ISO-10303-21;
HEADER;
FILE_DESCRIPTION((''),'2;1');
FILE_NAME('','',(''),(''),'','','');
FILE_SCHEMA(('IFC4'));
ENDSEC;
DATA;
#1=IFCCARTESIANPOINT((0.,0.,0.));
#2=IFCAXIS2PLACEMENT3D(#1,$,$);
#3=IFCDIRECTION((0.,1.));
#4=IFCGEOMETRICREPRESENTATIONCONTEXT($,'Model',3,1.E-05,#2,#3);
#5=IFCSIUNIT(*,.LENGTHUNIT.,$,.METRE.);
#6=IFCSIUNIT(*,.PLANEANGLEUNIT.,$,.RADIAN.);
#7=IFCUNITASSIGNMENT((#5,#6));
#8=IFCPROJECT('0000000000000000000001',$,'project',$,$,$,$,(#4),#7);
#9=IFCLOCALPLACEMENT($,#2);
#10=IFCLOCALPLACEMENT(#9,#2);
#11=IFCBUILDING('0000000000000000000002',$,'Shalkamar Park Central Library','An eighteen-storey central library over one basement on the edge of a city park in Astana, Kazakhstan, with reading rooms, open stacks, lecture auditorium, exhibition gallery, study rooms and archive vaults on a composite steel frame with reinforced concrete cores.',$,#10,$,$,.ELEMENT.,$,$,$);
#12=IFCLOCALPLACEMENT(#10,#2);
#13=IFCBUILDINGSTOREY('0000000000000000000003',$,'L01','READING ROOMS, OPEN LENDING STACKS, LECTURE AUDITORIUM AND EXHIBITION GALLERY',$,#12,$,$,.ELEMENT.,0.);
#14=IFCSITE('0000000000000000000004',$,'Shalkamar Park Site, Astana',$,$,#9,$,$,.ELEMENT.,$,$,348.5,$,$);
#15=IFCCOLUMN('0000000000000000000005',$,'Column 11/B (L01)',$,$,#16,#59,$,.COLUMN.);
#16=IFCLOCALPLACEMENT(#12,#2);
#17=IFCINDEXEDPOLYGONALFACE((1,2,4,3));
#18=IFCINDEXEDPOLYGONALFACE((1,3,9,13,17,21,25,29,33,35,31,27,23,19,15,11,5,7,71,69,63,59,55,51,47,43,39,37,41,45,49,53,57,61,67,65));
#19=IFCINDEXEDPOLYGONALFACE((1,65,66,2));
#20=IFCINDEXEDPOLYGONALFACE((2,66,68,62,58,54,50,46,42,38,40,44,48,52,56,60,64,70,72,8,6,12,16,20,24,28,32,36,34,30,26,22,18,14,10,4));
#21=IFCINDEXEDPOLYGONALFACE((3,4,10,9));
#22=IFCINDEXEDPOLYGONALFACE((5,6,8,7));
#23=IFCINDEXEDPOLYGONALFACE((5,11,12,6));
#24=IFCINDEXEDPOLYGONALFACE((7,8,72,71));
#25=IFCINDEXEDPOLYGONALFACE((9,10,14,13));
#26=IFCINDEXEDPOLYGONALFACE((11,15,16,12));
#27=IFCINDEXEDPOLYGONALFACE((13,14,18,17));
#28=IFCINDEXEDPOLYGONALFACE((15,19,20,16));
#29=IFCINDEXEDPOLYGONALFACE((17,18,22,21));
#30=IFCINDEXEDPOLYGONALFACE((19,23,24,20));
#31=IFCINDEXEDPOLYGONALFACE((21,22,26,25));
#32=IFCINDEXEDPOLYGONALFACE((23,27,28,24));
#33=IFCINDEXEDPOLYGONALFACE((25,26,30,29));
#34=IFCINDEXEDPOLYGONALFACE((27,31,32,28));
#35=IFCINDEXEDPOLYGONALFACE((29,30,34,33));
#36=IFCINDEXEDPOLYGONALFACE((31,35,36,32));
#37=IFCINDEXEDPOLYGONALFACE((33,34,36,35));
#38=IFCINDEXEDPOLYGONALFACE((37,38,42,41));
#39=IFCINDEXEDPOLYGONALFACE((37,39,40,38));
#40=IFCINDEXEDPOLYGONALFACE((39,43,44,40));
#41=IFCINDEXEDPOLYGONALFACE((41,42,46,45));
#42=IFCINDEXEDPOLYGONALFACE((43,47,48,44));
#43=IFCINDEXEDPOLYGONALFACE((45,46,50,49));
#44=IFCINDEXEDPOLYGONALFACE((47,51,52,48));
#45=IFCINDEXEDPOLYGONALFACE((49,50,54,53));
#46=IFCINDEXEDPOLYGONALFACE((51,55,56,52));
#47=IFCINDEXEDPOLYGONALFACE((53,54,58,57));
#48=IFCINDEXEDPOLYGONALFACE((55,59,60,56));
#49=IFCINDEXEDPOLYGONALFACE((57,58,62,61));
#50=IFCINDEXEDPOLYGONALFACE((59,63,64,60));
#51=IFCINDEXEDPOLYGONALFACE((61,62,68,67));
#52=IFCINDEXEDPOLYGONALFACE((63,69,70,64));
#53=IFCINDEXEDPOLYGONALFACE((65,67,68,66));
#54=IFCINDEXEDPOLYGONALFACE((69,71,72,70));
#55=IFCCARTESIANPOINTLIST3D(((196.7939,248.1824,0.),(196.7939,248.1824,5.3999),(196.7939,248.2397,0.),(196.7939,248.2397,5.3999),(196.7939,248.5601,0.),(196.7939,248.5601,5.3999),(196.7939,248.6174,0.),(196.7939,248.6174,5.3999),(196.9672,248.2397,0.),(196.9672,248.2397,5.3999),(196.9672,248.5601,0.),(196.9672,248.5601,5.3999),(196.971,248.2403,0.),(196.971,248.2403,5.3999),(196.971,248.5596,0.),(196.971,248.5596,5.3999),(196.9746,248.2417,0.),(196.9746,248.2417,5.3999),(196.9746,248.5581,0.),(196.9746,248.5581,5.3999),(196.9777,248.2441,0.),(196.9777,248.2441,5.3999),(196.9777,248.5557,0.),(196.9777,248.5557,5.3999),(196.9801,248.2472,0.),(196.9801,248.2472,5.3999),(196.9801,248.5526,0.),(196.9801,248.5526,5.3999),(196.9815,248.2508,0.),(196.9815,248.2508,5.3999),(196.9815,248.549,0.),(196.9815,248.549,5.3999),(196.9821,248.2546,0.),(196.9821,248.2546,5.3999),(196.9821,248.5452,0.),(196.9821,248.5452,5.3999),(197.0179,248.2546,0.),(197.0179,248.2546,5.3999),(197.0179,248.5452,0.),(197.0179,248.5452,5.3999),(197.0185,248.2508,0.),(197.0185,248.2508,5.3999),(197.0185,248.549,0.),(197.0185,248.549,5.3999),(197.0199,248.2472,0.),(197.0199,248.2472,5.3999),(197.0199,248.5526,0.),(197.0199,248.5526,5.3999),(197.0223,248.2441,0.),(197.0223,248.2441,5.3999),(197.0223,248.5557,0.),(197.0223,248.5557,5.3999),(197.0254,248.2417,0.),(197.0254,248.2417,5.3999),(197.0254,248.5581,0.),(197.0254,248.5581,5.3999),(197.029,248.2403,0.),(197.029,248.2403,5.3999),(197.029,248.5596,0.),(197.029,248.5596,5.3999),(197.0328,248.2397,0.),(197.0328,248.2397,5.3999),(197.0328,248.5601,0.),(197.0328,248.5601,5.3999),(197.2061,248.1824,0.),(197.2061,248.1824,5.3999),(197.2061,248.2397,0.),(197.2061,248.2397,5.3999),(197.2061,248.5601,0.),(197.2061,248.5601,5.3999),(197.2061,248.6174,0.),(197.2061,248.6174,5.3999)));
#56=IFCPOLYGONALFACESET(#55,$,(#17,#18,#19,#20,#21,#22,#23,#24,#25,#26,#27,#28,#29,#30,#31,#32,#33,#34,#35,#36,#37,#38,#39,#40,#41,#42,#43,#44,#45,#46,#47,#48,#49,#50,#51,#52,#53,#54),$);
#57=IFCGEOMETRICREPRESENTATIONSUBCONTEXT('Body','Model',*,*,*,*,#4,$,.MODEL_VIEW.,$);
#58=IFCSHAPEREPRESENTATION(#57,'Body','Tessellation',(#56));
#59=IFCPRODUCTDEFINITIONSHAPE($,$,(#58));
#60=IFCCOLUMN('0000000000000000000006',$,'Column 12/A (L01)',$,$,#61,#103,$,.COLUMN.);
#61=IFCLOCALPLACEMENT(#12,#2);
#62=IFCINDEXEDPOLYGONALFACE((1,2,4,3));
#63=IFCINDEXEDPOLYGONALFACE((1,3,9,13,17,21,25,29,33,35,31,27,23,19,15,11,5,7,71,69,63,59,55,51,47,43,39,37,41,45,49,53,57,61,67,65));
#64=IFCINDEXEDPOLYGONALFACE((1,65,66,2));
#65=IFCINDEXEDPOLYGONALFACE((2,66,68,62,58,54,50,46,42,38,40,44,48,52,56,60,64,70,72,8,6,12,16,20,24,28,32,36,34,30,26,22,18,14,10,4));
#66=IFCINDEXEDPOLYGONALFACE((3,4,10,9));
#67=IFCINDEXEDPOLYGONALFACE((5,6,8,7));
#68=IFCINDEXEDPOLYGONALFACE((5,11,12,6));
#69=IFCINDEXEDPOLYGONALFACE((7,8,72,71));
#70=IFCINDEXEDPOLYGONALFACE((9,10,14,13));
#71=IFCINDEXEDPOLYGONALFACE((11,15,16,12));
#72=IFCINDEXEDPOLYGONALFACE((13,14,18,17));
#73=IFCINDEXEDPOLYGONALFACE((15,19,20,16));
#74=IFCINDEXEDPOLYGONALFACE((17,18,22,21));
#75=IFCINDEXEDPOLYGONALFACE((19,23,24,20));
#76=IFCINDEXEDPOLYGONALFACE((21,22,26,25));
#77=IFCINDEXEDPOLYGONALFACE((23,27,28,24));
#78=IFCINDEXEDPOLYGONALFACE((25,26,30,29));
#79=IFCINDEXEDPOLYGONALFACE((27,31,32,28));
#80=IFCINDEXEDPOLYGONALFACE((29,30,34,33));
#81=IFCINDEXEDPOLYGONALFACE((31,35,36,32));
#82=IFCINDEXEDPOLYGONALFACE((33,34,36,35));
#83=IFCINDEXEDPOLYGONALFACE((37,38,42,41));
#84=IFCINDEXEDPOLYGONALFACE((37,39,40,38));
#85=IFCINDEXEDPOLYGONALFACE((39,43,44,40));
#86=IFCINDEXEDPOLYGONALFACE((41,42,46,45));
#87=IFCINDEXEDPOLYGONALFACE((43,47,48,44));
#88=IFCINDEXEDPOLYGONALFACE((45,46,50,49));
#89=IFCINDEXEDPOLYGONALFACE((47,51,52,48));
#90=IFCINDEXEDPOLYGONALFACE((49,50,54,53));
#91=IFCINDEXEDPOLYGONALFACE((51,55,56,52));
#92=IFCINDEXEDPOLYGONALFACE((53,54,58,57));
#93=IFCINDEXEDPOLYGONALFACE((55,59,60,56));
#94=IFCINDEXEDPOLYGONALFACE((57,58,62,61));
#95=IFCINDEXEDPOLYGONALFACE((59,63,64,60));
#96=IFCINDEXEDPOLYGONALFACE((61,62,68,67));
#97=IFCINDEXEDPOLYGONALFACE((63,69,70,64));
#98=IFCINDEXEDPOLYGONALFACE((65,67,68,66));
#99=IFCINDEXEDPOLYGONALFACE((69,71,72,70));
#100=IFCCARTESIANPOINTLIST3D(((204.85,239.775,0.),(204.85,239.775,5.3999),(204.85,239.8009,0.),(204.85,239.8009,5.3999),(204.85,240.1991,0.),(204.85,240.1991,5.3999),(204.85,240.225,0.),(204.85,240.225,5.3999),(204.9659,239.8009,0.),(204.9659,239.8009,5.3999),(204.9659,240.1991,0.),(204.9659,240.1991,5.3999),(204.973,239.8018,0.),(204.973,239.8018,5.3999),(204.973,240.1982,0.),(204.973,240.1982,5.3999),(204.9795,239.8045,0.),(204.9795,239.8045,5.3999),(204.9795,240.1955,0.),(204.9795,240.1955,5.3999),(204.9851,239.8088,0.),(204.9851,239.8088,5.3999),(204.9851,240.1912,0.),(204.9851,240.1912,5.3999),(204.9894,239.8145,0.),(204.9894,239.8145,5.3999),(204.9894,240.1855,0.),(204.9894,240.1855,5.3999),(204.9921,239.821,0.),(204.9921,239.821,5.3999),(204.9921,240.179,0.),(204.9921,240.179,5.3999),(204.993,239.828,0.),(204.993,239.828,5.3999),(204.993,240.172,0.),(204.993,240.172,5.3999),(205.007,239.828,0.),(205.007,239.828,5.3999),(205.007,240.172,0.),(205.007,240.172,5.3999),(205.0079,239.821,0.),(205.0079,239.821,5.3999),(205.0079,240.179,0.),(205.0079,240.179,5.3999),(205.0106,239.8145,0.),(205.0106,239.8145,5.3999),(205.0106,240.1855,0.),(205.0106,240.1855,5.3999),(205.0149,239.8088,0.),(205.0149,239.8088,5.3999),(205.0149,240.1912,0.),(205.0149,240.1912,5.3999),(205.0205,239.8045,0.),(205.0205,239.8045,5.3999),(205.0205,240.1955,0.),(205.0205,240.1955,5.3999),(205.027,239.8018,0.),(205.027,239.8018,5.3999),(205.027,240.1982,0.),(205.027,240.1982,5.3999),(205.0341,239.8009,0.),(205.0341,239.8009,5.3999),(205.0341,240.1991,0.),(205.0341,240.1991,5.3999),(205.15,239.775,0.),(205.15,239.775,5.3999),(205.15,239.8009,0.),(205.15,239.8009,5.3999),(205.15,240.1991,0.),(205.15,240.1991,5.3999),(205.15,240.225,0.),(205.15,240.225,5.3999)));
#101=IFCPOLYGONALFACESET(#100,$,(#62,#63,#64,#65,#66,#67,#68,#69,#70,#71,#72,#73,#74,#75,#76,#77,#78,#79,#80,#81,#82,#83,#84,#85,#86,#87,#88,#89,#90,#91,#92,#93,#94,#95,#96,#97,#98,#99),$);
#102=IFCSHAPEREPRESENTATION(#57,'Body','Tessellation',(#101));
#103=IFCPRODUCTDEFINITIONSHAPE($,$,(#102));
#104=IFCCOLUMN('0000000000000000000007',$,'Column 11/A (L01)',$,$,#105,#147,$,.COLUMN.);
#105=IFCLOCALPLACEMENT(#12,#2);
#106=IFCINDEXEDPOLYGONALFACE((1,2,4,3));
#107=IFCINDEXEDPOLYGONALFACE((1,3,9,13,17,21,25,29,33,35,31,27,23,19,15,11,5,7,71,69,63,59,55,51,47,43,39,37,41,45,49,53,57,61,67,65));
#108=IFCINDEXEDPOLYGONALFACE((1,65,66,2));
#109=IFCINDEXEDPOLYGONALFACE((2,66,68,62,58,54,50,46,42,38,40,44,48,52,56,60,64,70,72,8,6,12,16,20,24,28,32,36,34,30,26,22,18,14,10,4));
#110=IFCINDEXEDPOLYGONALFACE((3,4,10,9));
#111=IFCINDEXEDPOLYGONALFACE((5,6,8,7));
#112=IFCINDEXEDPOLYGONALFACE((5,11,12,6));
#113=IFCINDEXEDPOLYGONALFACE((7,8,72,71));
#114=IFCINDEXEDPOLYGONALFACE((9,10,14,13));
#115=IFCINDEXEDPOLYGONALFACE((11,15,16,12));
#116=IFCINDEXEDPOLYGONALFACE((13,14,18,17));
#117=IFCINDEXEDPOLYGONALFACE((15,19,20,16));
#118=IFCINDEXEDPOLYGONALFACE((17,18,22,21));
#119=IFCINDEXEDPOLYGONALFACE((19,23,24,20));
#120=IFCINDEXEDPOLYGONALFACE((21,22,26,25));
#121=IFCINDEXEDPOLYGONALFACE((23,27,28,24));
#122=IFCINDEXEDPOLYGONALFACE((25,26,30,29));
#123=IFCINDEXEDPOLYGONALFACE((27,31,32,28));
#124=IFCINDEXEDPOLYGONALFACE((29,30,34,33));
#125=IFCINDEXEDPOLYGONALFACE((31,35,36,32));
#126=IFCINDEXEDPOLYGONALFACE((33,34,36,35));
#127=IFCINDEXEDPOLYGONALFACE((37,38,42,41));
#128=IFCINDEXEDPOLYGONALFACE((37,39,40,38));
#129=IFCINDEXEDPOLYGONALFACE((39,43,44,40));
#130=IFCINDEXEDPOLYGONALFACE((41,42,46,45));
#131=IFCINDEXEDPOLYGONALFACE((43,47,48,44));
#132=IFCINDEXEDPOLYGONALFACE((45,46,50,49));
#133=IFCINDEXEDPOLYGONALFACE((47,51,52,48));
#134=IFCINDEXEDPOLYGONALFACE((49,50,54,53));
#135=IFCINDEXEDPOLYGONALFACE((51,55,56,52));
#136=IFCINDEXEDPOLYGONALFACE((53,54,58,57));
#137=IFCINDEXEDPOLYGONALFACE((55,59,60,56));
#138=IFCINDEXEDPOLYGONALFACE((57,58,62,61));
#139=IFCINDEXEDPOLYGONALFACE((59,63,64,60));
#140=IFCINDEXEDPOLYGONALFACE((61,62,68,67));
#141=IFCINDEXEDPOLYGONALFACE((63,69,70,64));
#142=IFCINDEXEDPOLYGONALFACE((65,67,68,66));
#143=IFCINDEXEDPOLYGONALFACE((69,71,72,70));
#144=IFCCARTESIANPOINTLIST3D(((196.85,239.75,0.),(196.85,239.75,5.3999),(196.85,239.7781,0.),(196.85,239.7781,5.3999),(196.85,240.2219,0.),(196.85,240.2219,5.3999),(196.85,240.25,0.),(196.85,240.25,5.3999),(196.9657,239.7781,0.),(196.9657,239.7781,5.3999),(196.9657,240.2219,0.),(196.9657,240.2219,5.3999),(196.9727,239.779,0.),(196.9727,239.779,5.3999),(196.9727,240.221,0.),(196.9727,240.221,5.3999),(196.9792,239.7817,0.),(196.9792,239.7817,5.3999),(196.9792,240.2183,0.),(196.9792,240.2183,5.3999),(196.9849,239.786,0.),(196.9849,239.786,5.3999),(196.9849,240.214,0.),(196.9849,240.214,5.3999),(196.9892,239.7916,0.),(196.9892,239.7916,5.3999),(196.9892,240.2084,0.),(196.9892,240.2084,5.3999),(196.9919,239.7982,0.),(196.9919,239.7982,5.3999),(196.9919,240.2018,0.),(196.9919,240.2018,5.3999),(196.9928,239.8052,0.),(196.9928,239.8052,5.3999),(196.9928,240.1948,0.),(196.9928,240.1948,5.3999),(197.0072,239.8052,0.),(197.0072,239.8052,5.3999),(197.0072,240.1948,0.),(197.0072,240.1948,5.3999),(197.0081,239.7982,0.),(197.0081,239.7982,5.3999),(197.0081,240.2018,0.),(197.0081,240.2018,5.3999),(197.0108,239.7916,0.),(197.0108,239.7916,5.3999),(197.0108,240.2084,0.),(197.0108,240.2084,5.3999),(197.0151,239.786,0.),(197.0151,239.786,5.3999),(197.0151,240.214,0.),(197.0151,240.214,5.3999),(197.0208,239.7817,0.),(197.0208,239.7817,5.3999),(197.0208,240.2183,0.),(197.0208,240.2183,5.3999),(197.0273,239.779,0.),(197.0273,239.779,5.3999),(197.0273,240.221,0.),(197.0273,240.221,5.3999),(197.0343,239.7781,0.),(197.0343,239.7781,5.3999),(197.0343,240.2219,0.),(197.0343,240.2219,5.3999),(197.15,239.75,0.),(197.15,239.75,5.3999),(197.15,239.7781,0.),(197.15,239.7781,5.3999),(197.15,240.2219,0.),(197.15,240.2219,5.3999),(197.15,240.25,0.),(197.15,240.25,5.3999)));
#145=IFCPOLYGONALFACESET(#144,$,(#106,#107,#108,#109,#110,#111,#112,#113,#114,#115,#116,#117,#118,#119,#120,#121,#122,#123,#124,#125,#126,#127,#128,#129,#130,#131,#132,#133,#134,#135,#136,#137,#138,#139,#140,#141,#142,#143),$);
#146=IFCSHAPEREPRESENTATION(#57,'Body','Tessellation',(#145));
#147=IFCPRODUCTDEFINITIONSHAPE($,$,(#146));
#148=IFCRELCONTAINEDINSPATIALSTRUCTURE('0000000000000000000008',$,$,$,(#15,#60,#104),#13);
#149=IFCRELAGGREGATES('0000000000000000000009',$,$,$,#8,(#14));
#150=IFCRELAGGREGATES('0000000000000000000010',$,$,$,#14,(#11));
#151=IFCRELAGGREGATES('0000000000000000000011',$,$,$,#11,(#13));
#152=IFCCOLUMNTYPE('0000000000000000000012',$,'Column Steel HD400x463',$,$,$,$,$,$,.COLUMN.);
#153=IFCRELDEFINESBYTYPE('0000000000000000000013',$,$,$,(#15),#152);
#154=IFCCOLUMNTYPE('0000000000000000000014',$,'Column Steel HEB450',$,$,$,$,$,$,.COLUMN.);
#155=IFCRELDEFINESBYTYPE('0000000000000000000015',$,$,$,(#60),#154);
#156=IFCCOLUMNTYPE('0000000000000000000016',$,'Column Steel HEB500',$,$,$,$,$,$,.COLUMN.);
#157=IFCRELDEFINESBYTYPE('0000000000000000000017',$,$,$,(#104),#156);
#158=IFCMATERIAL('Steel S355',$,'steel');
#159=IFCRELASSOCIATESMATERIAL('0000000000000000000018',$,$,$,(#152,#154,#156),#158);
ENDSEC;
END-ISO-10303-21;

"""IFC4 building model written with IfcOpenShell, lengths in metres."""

from ifc_helpers import new_model, si_unit, direction, frame, origin, origin_2d, place, context, subcontext, project, spatial, i_section, extrude, material, material_profile, profile_set, type_object, element, save


model = new_model("IFC4")

# Units and contexts
model_context = context("Model", 3, precision=1e-05, world=origin(), true_north=direction((0.0, 1.0)))
body_context = subcontext(model_context, "Body", "Model", "MODEL_VIEW")
ifc_project = project(units=[si_unit("LENGTHUNIT", "METRE"), si_unit("PLANEANGLEUNIT", "RADIAN")], contexts=[model_context])

# Site, building, storey
site_placement = place(None, origin())
site = spatial("IfcSite", under=ifc_project, at=site_placement, Name="Shalkamar Park Site, Astana", CompositionType="ELEMENT", RefElevation=348.5)
building_placement = place(site_placement, origin())
building = spatial("IfcBuilding", under=site, at=building_placement, Name="Shalkamar Park Central Library", Description="An eighteen-storey central library over one basement on the edge of a city park in Astana, Kazakhstan, with reading rooms, open stacks, lecture auditorium, exhibition gallery, study rooms and archive vaults on a composite steel frame with reinforced concrete cores.", CompositionType="ELEMENT")
storey_placement = place(building_placement, origin())
storey = spatial("IfcBuildingStorey", under=building, at=storey_placement, Name="L01", Description="READING ROOMS, OPEN LENDING STACKS, LECTURE AUDITORIUM AND EXHIBITION GALLERY", CompositionType="ELEMENT", Elevation=0.0)

# Columns
ifc_material_1 = material(Name="Steel S355", Category="steel")
ifc_material_profile_1 = material_profile(ifc_material_1, i_section(OverallWidth=0.4121, OverallDepth=0.4351, WebThickness=0.0359, FlangeThickness=0.0574, FilletRadius=0.0149, at=origin_2d()), Name="HD 400x463")
ifc_profile_set_1 = profile_set([ifc_material_profile_1], Name="Steel S355")
column_type_1 = type_object("IfcColumnType", Name="Column Steel HD400x463", PredefinedType="COLUMN", material=ifc_profile_set_1)
column_1_placement = place(storey_placement, frame((197.0, 248.3999, 0.0), z_axis=(0.0, 0.0, 1.0), x_axis=(1.0, 0.0, 0.0)))
element("IfcColumn", 1, at=column_1_placement, inside=storey, type_object=column_type_1, Name="Column 11/B (L01)", PredefinedType="COLUMN", context=body_context, shape_type="SweptSolid", body=[
    extrude(i_section(OverallWidth=0.4121, OverallDepth=0.4351, WebThickness=0.0359, FlangeThickness=0.0574, FilletRadius=0.0149, at=origin_2d()), origin(), (0.0, 0.0, 1.0), 5.3999),
])
ifc_material_profile_2 = material_profile(ifc_material_1, i_section(OverallWidth=0.3, OverallDepth=0.45, WebThickness=0.0139, FlangeThickness=0.0259, FilletRadius=0.0271, at=origin_2d()), Name="HEB 450")
ifc_profile_set_2 = profile_set([ifc_material_profile_2], Name="Steel S355")
column_type_2 = type_object("IfcColumnType", Name="Column Steel HEB450", PredefinedType="COLUMN", material=ifc_profile_set_2)
column_2_placement = place(storey_placement, frame((205.0, 240.0, 0.0), z_axis=(0.0, 0.0, 1.0), x_axis=(1.0, 0.0, 0.0)))
element("IfcColumn", 2, at=column_2_placement, inside=storey, type_object=column_type_2, Name="Column 12/A (L01)", PredefinedType="COLUMN", context=body_context, shape_type="SweptSolid", body=[
    extrude(i_section(OverallWidth=0.3, OverallDepth=0.45, WebThickness=0.0139, FlangeThickness=0.0259, FilletRadius=0.0271, at=origin_2d()), origin(), (0.0, 0.0, 1.0), 5.3999),
])
ifc_material_profile_3 = material_profile(ifc_material_1, i_section(OverallWidth=0.3, OverallDepth=0.5, WebThickness=0.0144, FlangeThickness=0.0281, FilletRadius=0.0271, at=origin_2d()), Name="HEB 500")
ifc_profile_set_3 = profile_set([ifc_material_profile_3], Name="Steel S355")
column_type_3 = type_object("IfcColumnType", Name="Column Steel HEB500", PredefinedType="COLUMN", material=ifc_profile_set_3)
column_3_placement = place(storey_placement, frame((197.0, 240.0, 0.0), z_axis=(0.0, 0.0, 1.0), x_axis=(1.0, 0.0, 0.0)))
element("IfcColumn", 3, at=column_3_placement, inside=storey, type_object=column_type_3, Name="Column 11/A (L01)", PredefinedType="COLUMN", context=body_context, shape_type="SweptSolid", body=[
    extrude(i_section(OverallWidth=0.3, OverallDepth=0.5, WebThickness=0.0144, FlangeThickness=0.0281, FilletRadius=0.0271, at=origin_2d()), origin(), (0.0, 0.0, 1.0), 5.3999),
])

save(model, "model.ifc")
